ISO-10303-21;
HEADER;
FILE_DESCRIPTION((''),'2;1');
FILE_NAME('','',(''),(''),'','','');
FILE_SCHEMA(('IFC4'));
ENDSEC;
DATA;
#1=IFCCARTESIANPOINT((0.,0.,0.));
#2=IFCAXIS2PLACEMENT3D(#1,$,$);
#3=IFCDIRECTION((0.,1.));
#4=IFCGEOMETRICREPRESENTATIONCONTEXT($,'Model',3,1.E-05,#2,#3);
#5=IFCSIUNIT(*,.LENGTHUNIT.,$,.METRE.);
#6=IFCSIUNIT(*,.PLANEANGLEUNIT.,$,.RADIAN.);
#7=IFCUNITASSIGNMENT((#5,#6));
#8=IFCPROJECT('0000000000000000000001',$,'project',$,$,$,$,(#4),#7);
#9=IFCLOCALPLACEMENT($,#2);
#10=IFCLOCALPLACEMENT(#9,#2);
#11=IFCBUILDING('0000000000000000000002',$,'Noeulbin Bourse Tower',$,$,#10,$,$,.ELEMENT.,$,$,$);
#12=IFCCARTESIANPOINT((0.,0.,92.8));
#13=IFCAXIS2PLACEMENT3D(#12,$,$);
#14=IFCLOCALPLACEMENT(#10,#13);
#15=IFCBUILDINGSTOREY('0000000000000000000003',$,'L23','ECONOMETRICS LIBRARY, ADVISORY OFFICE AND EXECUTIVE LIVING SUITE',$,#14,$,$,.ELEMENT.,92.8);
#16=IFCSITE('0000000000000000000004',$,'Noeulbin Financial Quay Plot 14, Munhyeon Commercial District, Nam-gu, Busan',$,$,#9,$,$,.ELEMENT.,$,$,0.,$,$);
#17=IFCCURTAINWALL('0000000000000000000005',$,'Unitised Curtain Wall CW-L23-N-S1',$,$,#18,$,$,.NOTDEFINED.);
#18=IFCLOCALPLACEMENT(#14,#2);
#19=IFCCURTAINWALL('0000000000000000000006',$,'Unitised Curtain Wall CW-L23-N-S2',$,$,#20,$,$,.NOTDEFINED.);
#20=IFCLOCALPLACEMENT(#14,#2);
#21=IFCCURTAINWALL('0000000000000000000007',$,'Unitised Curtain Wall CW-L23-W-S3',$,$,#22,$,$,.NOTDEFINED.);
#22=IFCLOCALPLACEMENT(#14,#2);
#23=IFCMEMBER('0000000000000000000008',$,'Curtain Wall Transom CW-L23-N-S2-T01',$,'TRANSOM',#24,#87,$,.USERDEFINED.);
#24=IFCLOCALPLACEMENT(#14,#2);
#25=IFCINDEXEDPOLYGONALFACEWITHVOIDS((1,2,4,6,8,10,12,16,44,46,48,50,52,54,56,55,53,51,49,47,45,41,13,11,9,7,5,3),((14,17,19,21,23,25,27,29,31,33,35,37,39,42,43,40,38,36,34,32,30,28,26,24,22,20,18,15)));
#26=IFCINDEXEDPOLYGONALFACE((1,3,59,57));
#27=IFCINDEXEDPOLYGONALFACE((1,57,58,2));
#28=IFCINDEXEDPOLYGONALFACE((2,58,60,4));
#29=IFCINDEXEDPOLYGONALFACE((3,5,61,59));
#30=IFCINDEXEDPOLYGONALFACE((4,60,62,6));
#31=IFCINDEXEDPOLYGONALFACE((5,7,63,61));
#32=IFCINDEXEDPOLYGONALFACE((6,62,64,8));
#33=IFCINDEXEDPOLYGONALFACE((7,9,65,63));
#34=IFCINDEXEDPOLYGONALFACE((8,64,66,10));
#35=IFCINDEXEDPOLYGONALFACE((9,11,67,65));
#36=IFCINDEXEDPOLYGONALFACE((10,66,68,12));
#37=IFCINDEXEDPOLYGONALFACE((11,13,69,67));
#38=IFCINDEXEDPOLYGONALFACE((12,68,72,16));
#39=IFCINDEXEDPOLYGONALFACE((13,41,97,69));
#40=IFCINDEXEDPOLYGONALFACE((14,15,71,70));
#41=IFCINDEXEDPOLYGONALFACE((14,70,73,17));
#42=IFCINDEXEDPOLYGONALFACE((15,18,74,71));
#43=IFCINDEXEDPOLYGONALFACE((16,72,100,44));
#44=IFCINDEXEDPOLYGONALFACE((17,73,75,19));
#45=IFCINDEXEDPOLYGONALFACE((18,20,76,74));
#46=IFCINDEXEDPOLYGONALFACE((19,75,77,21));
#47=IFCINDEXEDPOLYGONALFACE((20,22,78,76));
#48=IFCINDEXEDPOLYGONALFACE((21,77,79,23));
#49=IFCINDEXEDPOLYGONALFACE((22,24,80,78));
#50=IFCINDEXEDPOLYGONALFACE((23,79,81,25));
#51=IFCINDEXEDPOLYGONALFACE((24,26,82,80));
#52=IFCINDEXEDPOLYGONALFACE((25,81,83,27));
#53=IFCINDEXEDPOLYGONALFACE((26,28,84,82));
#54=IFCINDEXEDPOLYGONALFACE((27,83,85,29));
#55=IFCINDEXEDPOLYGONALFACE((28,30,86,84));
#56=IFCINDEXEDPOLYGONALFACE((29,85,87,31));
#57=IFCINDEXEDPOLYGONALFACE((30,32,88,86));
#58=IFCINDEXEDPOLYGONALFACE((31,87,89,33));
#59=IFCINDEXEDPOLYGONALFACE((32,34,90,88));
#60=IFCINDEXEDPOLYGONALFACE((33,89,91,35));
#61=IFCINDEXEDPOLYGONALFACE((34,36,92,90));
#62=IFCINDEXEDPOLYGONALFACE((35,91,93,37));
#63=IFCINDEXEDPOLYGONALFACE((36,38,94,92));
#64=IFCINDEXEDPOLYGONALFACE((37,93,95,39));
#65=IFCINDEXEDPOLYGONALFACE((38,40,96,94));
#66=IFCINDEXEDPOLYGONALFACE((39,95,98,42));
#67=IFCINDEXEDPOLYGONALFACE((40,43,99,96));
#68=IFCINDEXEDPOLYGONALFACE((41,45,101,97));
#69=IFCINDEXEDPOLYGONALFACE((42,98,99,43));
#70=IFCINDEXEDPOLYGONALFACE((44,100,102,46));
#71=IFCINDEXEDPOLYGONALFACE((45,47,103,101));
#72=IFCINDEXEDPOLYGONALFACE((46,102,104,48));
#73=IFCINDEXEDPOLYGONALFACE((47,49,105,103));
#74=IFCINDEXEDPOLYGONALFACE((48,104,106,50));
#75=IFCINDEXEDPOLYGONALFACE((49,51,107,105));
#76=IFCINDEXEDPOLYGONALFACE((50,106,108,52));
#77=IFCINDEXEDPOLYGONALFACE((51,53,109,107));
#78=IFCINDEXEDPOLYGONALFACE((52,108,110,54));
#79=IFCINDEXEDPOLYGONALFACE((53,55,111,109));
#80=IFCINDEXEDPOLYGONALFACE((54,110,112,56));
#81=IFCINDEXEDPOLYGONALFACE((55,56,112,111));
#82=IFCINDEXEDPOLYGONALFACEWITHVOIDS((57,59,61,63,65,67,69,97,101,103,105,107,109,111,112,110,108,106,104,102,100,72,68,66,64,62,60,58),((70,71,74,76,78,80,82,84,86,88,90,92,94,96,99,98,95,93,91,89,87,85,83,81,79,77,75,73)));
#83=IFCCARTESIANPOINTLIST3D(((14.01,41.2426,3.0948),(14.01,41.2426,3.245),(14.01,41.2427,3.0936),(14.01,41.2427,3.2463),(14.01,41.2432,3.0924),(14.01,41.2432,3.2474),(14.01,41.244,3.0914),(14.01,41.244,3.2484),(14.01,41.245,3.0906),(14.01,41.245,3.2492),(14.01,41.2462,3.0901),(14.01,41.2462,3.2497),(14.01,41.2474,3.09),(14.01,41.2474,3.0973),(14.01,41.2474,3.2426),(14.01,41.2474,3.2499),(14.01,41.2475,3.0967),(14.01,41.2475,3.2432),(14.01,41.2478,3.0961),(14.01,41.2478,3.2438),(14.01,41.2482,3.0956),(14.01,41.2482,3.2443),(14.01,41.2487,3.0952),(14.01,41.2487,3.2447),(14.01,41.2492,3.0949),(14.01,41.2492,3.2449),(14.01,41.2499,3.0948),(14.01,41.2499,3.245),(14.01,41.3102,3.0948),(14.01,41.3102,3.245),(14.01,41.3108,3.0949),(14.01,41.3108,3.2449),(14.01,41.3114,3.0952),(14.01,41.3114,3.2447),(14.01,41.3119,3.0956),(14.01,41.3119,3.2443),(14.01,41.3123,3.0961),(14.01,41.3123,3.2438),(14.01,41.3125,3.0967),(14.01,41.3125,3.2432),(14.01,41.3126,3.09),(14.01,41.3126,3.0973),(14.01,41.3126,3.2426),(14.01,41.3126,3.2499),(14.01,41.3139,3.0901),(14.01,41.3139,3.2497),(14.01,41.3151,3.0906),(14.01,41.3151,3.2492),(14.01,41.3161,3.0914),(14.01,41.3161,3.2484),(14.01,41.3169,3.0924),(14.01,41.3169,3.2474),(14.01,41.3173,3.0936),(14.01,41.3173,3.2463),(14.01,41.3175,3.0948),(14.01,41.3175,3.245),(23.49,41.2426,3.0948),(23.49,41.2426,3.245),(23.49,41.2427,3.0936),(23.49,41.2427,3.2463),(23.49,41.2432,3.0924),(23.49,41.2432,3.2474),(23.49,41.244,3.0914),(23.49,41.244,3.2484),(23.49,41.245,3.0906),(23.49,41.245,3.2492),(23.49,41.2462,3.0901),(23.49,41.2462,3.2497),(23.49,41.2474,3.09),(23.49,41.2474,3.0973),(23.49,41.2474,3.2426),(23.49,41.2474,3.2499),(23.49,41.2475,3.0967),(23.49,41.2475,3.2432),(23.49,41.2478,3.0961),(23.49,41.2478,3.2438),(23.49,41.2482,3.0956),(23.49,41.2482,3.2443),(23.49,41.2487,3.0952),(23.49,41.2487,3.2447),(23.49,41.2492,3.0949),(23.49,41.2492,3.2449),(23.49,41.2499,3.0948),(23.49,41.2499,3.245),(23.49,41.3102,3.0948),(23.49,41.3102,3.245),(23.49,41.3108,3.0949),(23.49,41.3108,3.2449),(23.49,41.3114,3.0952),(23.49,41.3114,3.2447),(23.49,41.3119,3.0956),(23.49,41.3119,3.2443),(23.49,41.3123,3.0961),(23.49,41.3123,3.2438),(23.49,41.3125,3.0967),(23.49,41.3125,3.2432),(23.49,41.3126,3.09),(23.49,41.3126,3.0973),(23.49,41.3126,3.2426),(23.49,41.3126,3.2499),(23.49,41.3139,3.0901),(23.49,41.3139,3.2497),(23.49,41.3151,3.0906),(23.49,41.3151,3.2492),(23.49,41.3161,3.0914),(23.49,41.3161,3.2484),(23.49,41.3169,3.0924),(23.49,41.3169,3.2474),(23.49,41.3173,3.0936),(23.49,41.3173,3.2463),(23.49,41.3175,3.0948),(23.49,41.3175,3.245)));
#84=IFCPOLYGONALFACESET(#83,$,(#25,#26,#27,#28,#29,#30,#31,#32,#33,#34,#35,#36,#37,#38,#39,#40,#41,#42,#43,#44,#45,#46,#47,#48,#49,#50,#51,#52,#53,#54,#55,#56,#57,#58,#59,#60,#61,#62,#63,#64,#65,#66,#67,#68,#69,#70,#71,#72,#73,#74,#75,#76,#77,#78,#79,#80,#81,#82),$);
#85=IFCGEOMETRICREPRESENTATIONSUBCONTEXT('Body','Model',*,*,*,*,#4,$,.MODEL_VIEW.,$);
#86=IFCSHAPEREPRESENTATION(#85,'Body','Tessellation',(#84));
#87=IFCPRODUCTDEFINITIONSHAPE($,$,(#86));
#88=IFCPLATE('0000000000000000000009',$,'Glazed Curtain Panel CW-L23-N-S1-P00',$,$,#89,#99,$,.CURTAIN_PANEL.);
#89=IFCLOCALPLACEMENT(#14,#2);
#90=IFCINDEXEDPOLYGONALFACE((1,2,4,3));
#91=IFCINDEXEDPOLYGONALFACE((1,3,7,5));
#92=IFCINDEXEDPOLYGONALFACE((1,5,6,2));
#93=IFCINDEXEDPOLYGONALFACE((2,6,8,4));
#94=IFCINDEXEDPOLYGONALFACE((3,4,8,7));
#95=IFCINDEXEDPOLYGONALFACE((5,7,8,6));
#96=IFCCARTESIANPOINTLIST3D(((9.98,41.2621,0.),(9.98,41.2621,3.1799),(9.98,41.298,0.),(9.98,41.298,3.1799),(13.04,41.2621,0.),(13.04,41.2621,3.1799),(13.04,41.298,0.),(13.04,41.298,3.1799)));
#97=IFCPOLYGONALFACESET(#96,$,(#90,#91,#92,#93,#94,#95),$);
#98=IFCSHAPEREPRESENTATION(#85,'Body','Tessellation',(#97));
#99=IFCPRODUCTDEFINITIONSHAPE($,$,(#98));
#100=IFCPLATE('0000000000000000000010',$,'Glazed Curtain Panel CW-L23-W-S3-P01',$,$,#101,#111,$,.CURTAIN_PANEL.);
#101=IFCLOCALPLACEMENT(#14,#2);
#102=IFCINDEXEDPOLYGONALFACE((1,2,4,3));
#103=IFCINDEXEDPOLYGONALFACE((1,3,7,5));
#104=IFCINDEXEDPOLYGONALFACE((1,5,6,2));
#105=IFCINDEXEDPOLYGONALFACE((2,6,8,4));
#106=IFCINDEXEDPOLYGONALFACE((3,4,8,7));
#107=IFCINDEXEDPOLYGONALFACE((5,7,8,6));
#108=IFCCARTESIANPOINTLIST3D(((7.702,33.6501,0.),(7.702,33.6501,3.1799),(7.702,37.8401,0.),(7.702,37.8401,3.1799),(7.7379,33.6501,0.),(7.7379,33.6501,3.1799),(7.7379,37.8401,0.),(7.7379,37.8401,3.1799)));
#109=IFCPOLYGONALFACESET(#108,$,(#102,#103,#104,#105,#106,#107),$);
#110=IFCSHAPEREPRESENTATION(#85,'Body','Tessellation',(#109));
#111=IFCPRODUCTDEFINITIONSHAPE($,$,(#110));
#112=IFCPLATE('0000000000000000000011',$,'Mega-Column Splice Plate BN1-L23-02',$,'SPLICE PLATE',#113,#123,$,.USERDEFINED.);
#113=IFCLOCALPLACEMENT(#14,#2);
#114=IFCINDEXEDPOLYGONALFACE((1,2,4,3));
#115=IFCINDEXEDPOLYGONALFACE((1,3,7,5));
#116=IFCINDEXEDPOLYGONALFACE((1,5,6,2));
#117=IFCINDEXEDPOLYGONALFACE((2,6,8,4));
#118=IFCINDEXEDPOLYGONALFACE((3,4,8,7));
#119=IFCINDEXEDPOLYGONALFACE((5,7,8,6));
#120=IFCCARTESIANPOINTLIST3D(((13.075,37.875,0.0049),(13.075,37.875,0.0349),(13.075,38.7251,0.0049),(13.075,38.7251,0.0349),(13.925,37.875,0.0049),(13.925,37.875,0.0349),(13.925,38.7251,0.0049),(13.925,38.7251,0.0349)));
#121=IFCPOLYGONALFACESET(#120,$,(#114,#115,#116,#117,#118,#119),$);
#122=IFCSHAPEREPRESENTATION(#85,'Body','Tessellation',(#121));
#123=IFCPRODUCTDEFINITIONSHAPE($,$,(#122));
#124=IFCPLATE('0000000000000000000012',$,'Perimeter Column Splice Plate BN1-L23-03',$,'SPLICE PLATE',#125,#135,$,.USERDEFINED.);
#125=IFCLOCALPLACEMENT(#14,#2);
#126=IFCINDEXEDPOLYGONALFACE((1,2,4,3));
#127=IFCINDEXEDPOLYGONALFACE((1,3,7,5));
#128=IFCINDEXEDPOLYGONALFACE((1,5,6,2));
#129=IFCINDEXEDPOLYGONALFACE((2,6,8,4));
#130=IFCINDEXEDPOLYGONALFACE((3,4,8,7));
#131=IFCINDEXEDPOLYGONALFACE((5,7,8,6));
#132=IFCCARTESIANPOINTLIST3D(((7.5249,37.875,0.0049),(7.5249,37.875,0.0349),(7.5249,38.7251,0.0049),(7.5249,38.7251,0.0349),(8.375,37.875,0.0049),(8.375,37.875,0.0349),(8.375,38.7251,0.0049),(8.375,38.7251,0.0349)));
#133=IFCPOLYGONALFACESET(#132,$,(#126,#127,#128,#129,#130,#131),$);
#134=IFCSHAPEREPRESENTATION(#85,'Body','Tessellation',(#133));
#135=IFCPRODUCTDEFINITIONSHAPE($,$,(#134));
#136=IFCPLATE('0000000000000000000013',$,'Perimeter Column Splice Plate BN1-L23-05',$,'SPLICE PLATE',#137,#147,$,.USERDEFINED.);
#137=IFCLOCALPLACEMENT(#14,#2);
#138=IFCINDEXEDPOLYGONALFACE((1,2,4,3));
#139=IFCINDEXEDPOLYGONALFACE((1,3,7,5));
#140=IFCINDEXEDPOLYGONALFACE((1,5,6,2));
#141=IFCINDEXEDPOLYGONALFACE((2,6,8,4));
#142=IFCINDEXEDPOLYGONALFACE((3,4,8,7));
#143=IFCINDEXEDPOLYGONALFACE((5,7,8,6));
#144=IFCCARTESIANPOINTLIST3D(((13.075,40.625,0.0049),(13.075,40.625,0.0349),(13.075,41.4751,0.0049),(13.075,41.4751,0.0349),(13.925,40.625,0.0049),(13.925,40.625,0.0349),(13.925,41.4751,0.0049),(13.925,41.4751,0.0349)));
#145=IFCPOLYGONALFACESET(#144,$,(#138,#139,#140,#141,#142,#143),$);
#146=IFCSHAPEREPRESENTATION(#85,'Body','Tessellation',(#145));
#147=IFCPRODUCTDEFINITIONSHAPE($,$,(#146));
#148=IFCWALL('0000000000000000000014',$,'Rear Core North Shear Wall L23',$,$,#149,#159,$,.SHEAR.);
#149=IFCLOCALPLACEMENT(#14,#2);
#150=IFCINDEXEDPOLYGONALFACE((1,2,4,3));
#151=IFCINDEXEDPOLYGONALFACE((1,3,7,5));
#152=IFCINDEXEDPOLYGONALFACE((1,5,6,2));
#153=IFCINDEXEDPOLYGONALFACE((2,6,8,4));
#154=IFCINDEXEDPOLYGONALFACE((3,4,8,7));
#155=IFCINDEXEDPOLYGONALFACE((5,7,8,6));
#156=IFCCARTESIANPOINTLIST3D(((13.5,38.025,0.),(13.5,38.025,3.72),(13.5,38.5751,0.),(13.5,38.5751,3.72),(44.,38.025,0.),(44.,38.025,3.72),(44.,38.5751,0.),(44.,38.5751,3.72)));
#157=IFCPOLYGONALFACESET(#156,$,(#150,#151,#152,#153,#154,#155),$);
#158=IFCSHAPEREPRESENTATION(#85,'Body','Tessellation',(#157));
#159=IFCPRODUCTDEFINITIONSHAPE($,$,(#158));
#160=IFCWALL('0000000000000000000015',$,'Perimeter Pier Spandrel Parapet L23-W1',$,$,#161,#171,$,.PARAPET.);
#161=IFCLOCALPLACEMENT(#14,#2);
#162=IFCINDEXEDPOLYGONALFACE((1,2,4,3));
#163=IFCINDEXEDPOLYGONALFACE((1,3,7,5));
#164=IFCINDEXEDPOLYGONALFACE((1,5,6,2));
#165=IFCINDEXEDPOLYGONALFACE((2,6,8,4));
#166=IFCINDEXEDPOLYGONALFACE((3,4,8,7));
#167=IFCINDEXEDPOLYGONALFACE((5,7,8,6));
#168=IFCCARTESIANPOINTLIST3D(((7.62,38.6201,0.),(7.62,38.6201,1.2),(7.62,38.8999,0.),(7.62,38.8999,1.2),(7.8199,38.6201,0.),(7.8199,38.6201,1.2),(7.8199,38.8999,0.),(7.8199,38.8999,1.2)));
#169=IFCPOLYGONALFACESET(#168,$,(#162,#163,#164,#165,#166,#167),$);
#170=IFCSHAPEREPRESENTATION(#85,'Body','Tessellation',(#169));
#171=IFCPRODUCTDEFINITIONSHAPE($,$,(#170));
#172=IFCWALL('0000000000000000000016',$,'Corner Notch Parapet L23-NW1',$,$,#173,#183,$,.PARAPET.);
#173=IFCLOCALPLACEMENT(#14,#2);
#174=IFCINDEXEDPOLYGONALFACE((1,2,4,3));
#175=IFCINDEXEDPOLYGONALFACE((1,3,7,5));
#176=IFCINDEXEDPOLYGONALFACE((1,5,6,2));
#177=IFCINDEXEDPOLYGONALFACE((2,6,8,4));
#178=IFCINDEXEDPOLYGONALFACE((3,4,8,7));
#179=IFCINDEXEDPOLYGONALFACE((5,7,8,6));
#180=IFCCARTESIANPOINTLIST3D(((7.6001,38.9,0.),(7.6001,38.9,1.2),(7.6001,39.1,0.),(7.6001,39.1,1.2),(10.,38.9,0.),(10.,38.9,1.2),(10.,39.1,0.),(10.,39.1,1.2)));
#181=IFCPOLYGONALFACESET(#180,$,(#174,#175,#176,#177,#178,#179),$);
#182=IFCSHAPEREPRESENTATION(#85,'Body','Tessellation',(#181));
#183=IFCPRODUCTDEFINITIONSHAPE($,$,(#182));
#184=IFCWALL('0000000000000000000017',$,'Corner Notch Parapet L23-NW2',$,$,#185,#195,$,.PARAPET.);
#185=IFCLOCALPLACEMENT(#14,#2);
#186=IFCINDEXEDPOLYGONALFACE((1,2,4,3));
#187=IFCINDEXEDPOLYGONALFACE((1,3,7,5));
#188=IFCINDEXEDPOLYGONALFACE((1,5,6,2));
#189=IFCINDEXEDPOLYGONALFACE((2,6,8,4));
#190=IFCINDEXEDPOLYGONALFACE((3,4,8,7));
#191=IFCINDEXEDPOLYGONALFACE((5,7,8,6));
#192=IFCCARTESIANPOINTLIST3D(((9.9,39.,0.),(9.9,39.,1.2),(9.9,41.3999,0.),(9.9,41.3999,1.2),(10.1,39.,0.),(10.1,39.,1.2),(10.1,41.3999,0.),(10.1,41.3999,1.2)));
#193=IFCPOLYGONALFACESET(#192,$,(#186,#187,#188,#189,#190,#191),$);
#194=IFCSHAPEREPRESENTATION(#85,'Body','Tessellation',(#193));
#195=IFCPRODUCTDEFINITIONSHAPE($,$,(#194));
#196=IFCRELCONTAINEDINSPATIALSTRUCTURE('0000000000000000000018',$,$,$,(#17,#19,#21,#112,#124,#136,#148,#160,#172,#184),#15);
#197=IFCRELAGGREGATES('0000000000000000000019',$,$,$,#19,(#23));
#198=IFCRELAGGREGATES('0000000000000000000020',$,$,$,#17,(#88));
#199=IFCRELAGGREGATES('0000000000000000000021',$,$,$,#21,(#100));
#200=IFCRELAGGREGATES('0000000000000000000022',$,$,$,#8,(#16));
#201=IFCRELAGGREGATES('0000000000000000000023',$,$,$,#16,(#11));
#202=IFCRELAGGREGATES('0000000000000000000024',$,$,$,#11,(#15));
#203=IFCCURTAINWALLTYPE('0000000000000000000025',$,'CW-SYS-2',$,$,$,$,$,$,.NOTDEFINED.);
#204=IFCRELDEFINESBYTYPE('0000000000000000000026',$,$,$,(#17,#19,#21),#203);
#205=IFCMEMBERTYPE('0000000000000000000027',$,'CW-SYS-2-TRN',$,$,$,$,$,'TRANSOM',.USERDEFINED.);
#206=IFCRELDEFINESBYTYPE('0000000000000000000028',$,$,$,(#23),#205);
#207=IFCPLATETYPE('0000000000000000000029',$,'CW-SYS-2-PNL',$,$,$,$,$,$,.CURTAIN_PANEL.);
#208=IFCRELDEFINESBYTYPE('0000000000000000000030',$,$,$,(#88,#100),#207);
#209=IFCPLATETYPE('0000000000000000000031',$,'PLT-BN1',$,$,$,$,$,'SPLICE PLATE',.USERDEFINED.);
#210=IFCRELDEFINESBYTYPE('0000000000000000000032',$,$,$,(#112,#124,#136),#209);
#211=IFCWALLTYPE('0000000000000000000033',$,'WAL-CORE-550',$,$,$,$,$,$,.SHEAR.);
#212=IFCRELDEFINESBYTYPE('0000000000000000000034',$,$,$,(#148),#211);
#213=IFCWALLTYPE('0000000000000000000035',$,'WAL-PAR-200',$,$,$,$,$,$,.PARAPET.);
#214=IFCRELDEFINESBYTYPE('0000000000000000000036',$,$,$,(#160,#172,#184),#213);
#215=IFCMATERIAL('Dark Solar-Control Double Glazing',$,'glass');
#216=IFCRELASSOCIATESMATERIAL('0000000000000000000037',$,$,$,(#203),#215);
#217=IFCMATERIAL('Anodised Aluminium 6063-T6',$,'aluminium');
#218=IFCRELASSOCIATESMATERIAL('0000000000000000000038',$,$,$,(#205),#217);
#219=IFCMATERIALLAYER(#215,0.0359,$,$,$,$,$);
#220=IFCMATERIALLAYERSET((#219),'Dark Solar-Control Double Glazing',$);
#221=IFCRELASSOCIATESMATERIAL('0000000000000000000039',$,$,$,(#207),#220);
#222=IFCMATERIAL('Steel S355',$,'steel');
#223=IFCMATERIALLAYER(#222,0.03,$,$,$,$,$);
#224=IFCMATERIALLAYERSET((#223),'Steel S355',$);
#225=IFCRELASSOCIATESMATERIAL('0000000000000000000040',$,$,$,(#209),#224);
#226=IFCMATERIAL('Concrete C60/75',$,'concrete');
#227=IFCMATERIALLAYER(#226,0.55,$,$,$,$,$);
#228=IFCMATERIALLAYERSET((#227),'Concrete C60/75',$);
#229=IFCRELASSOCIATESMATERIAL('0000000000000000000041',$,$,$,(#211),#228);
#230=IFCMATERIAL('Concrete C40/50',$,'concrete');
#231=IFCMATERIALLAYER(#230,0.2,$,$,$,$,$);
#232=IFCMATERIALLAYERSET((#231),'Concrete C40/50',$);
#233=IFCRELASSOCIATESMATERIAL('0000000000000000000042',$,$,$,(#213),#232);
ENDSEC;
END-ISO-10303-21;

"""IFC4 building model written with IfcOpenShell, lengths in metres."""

from ifc_helpers import new_model, si_unit, direction, frame, frame_2d, origin, origin_2d, place, context, subcontext, project, spatial, rectangle, hollow_rectangle, extrude, material, layer, layer_set, material_profile, profile_set, type_object, element, aggregate, save


model = new_model("IFC4")

# Units and contexts
model_context = context("Model", 3, precision=1e-05, world=origin(), true_north=direction((0.0, 1.0)))
body_context = subcontext(model_context, "Body", "Model", "MODEL_VIEW")
ifc_project = project(units=[si_unit("LENGTHUNIT", "METRE"), si_unit("PLANEANGLEUNIT", "RADIAN")], contexts=[model_context])

# Site, building, storey
site_placement = place(None, origin())
site = spatial("IfcSite", under=ifc_project, at=site_placement, Name="Noeulbin Financial Quay Plot 14, Munhyeon Commercial District, Nam-gu, Busan", CompositionType="ELEMENT", RefElevation=0.0)
building_placement = place(site_placement, origin())
building = spatial("IfcBuilding", under=site, at=building_placement, Name="Noeulbin Bourse Tower", CompositionType="ELEMENT")
storey_placement = place(building_placement, frame((0.0, 0.0, 92.8)))
storey = spatial("IfcBuildingStorey", under=building, at=storey_placement, Name="L23", Description="ECONOMETRICS LIBRARY, ADVISORY OFFICE AND EXECUTIVE LIVING SUITE", CompositionType="ELEMENT", Elevation=92.8)

# Shared definitions
ifc_material_1 = material(Name="Steel S355", Category="steel")

# Curtain wall
ifc_material_2 = material(Name="Dark Solar-Control Double Glazing", Category="glass")
curtain_wall_type = type_object("IfcCurtainWallType", Name="CW-SYS-2", PredefinedType="NOTDEFINED", material=ifc_material_2)
curtain_wall_1_placement = place(storey_placement, origin())
curtain_wall_1 = element("IfcCurtainWall", 1, at=curtain_wall_1_placement, inside=storey, type_object=curtain_wall_type, Name="Unitised Curtain Wall CW-L23-N-S1", PredefinedType="NOTDEFINED")
ifc_material_3 = material(Name="Anodised Aluminium 6063-T6", Category="aluminium")

# Curtain walls
curtain_wall_2_placement = place(storey_placement, origin())
curtain_wall_2 = element("IfcCurtainWall", 2, at=curtain_wall_2_placement, inside=storey, type_object=curtain_wall_type, Name="Unitised Curtain Wall CW-L23-N-S2", PredefinedType="NOTDEFINED")
curtain_wall_3_placement = place(storey_placement, origin())
curtain_wall_3 = element("IfcCurtainWall", 3, at=curtain_wall_3_placement, inside=storey, type_object=curtain_wall_type, Name="Unitised Curtain Wall CW-L23-W-S3", PredefinedType="NOTDEFINED")

# Member
ifc_material_profile_1 = material_profile(ifc_material_3, hollow_rectangle(XDim=0.075, YDim=0.1599, WallThickness=0.0049, InnerFilletRadius=0.0024, OuterFilletRadius=0.0049, at=origin_2d()), Name="ALU-TRAN-75x160x5", Category="LoadBearing")
ifc_profile_set_1 = profile_set([ifc_material_profile_1], Name="Anodised Aluminium 6063-T6")
member_type_1 = type_object("IfcMemberType", Name="CW-SYS-2-TRN", ElementType="TRANSOM", PredefinedType="USERDEFINED", material=ifc_profile_set_1)
member_1_placement = place(storey_placement, frame((14.01, 41.28, 3.1699), z_axis=(1.0, 0.0, 0.0), x_axis=(0.0, 1.0, 0.0)))
member_1 = element("IfcMember", 4, at=member_1_placement, type_object=member_type_1, Name="Curtain Wall Transom CW-L23-N-S2-T01", ObjectType="TRANSOM", PredefinedType="USERDEFINED", context=body_context, shape_type="SweptSolid", body=[
    extrude(hollow_rectangle(XDim=0.075, YDim=0.1599, WallThickness=0.0049, InnerFilletRadius=0.0024, OuterFilletRadius=0.0049, at=origin_2d()), origin(), (0.0, 0.0, 1.0), 9.48),
])
aggregate(curtain_wall_2, [member_1])

# Plates
ifc_layer_1 = layer(ifc_material_2, 0.0359)
ifc_layer_set_1 = layer_set([ifc_layer_1], Name="Dark Solar-Control Double Glazing")
plate_type_1 = type_object("IfcPlateType", Name="CW-SYS-2-PNL", PredefinedType="CURTAIN_PANEL", material=ifc_layer_set_1)
plate_1_placement = place(storey_placement, frame((11.51, 41.28, 0.0), z_axis=(0.0, 0.0, 1.0), x_axis=(1.0, 0.0, 0.0)))
plate_1 = element("IfcPlate", 5, at=plate_1_placement, type_object=plate_type_1, Name="Glazed Curtain Panel CW-L23-N-S1-P00", PredefinedType="CURTAIN_PANEL", context=body_context, shape_type="SweptSolid", body=[
    extrude(rectangle(XDim=3.0601, YDim=0.0359, at=origin_2d()), origin(), (0.0, 0.0, 1.0), 3.1799),
])
aggregate(curtain_wall_1, [plate_1])
plate_2_placement = place(storey_placement, frame((7.72, 35.7451, 0.0), z_axis=(0.0, 0.0, 1.0), x_axis=(0.0, 1.0, 0.0)))
plate_2 = element("IfcPlate", 6, at=plate_2_placement, type_object=plate_type_1, Name="Glazed Curtain Panel CW-L23-W-S3-P01", PredefinedType="CURTAIN_PANEL", context=body_context, shape_type="SweptSolid", body=[
    extrude(rectangle(XDim=4.1899, YDim=0.0359, at=origin_2d()), origin(), (0.0, 0.0, 1.0), 3.1799),
])
aggregate(curtain_wall_3, [plate_2])

# Plates
ifc_layer_2 = layer(ifc_material_1, 0.03)
ifc_layer_set_2 = layer_set([ifc_layer_2], Name="Steel S355")
plate_type_2 = type_object("IfcPlateType", Name="PLT-BN1", ElementType="SPLICE PLATE", PredefinedType="USERDEFINED", material=ifc_layer_set_2)
for number, where, z_axis, x_axis, name in (
    (7, (13.5, 38.3, 0.0049), (0.0, 0.0, 1.0), (1.0, 0.0, 0.0), "Mega-Column Splice Plate BN1-L23-02"),
    (8, (7.95, 38.3, 0.0049), (0.0, 0.0, 1.0), (1.0, 0.0, 0.0), "Perimeter Column Splice Plate BN1-L23-03"),
    (9, (13.5, 41.05, 0.0049), (0.0, 0.0, 1.0), (1.0, 0.0, 0.0), "Perimeter Column Splice Plate BN1-L23-05"),
):
    element("IfcPlate", number, at=place(storey_placement, frame(where, z_axis=z_axis, x_axis=x_axis)), inside=storey, type_object=plate_type_2, Name=name, ObjectType="SPLICE PLATE", PredefinedType="USERDEFINED", context=body_context, shape_type="SweptSolid", body=[
        extrude(rectangle(XDim=0.8501, YDim=0.8501, at=origin_2d()), origin(), (0.0, 0.0, 1.0), 0.03),
    ])

# Walls
ifc_material_4 = material(Name="Concrete C60/75", Category="concrete")
ifc_layer_3 = layer(ifc_material_4, 0.55)
ifc_layer_set_3 = layer_set([ifc_layer_3], Name="Concrete C60/75")
wall_type_1 = type_object("IfcWallType", Name="WAL-CORE-550", PredefinedType="SHEAR", material=ifc_layer_set_3)
wall_1_placement = place(storey_placement, frame((13.5, 38.3, 0.0), z_axis=(0.0, 0.0, 1.0), x_axis=(1.0, 0.0, 0.0)))
element("IfcWall", 10, at=wall_1_placement, inside=storey, type_object=wall_type_1, Name="Rear Core North Shear Wall L23", PredefinedType="SHEAR", context=body_context, shape_type="SweptSolid", body=[
    extrude(rectangle(XDim=30.5, YDim=0.55, at=frame_2d((15.25, 0.0))), origin(), (0.0, 0.0, 1.0), 3.72),
])
ifc_material_5 = material(Name="Concrete C40/50", Category="concrete")
ifc_layer_4 = layer(ifc_material_5, 0.2)
ifc_layer_set_4 = layer_set([ifc_layer_4], Name="Concrete C40/50")
wall_type_2 = type_object("IfcWallType", Name="WAL-PAR-200", PredefinedType="PARAPET", material=ifc_layer_set_4)
wall_2_placement = place(storey_placement, frame((7.72, 38.6201, 0.0), z_axis=(0.0, 0.0, 1.0), x_axis=(0.0, 1.0, 0.0)))
element("IfcWall", 11, at=wall_2_placement, inside=storey, type_object=wall_type_2, Name="Perimeter Pier Spandrel Parapet L23-W1", PredefinedType="PARAPET", context=body_context, shape_type="SweptSolid", body=[
    extrude(rectangle(XDim=0.2798, YDim=0.2, at=frame_2d((0.1399, 0.0))), origin(), (0.0, 0.0, 1.0), 1.2),
])
for number, where, z_axis, x_axis, name in (
    (12, (7.6001, 39.0, 0.0), (0.0, 0.0, 1.0), (1.0, 0.0, 0.0), "Corner Notch Parapet L23-NW1"),
    (13, (10.0, 39.0, 0.0), (0.0, 0.0, 1.0), (0.0, 1.0, 0.0), "Corner Notch Parapet L23-NW2"),
):
    element("IfcWall", number, at=place(storey_placement, frame(where, z_axis=z_axis, x_axis=x_axis)), inside=storey, type_object=wall_type_2, Name=name, PredefinedType="PARAPET", context=body_context, shape_type="SweptSolid", body=[
        extrude(rectangle(XDim=2.3999, YDim=0.2, at=frame_2d((1.2, 0.0))), origin(), (0.0, 0.0, 1.0), 1.2),
    ])

save(model, "model.ifc")
